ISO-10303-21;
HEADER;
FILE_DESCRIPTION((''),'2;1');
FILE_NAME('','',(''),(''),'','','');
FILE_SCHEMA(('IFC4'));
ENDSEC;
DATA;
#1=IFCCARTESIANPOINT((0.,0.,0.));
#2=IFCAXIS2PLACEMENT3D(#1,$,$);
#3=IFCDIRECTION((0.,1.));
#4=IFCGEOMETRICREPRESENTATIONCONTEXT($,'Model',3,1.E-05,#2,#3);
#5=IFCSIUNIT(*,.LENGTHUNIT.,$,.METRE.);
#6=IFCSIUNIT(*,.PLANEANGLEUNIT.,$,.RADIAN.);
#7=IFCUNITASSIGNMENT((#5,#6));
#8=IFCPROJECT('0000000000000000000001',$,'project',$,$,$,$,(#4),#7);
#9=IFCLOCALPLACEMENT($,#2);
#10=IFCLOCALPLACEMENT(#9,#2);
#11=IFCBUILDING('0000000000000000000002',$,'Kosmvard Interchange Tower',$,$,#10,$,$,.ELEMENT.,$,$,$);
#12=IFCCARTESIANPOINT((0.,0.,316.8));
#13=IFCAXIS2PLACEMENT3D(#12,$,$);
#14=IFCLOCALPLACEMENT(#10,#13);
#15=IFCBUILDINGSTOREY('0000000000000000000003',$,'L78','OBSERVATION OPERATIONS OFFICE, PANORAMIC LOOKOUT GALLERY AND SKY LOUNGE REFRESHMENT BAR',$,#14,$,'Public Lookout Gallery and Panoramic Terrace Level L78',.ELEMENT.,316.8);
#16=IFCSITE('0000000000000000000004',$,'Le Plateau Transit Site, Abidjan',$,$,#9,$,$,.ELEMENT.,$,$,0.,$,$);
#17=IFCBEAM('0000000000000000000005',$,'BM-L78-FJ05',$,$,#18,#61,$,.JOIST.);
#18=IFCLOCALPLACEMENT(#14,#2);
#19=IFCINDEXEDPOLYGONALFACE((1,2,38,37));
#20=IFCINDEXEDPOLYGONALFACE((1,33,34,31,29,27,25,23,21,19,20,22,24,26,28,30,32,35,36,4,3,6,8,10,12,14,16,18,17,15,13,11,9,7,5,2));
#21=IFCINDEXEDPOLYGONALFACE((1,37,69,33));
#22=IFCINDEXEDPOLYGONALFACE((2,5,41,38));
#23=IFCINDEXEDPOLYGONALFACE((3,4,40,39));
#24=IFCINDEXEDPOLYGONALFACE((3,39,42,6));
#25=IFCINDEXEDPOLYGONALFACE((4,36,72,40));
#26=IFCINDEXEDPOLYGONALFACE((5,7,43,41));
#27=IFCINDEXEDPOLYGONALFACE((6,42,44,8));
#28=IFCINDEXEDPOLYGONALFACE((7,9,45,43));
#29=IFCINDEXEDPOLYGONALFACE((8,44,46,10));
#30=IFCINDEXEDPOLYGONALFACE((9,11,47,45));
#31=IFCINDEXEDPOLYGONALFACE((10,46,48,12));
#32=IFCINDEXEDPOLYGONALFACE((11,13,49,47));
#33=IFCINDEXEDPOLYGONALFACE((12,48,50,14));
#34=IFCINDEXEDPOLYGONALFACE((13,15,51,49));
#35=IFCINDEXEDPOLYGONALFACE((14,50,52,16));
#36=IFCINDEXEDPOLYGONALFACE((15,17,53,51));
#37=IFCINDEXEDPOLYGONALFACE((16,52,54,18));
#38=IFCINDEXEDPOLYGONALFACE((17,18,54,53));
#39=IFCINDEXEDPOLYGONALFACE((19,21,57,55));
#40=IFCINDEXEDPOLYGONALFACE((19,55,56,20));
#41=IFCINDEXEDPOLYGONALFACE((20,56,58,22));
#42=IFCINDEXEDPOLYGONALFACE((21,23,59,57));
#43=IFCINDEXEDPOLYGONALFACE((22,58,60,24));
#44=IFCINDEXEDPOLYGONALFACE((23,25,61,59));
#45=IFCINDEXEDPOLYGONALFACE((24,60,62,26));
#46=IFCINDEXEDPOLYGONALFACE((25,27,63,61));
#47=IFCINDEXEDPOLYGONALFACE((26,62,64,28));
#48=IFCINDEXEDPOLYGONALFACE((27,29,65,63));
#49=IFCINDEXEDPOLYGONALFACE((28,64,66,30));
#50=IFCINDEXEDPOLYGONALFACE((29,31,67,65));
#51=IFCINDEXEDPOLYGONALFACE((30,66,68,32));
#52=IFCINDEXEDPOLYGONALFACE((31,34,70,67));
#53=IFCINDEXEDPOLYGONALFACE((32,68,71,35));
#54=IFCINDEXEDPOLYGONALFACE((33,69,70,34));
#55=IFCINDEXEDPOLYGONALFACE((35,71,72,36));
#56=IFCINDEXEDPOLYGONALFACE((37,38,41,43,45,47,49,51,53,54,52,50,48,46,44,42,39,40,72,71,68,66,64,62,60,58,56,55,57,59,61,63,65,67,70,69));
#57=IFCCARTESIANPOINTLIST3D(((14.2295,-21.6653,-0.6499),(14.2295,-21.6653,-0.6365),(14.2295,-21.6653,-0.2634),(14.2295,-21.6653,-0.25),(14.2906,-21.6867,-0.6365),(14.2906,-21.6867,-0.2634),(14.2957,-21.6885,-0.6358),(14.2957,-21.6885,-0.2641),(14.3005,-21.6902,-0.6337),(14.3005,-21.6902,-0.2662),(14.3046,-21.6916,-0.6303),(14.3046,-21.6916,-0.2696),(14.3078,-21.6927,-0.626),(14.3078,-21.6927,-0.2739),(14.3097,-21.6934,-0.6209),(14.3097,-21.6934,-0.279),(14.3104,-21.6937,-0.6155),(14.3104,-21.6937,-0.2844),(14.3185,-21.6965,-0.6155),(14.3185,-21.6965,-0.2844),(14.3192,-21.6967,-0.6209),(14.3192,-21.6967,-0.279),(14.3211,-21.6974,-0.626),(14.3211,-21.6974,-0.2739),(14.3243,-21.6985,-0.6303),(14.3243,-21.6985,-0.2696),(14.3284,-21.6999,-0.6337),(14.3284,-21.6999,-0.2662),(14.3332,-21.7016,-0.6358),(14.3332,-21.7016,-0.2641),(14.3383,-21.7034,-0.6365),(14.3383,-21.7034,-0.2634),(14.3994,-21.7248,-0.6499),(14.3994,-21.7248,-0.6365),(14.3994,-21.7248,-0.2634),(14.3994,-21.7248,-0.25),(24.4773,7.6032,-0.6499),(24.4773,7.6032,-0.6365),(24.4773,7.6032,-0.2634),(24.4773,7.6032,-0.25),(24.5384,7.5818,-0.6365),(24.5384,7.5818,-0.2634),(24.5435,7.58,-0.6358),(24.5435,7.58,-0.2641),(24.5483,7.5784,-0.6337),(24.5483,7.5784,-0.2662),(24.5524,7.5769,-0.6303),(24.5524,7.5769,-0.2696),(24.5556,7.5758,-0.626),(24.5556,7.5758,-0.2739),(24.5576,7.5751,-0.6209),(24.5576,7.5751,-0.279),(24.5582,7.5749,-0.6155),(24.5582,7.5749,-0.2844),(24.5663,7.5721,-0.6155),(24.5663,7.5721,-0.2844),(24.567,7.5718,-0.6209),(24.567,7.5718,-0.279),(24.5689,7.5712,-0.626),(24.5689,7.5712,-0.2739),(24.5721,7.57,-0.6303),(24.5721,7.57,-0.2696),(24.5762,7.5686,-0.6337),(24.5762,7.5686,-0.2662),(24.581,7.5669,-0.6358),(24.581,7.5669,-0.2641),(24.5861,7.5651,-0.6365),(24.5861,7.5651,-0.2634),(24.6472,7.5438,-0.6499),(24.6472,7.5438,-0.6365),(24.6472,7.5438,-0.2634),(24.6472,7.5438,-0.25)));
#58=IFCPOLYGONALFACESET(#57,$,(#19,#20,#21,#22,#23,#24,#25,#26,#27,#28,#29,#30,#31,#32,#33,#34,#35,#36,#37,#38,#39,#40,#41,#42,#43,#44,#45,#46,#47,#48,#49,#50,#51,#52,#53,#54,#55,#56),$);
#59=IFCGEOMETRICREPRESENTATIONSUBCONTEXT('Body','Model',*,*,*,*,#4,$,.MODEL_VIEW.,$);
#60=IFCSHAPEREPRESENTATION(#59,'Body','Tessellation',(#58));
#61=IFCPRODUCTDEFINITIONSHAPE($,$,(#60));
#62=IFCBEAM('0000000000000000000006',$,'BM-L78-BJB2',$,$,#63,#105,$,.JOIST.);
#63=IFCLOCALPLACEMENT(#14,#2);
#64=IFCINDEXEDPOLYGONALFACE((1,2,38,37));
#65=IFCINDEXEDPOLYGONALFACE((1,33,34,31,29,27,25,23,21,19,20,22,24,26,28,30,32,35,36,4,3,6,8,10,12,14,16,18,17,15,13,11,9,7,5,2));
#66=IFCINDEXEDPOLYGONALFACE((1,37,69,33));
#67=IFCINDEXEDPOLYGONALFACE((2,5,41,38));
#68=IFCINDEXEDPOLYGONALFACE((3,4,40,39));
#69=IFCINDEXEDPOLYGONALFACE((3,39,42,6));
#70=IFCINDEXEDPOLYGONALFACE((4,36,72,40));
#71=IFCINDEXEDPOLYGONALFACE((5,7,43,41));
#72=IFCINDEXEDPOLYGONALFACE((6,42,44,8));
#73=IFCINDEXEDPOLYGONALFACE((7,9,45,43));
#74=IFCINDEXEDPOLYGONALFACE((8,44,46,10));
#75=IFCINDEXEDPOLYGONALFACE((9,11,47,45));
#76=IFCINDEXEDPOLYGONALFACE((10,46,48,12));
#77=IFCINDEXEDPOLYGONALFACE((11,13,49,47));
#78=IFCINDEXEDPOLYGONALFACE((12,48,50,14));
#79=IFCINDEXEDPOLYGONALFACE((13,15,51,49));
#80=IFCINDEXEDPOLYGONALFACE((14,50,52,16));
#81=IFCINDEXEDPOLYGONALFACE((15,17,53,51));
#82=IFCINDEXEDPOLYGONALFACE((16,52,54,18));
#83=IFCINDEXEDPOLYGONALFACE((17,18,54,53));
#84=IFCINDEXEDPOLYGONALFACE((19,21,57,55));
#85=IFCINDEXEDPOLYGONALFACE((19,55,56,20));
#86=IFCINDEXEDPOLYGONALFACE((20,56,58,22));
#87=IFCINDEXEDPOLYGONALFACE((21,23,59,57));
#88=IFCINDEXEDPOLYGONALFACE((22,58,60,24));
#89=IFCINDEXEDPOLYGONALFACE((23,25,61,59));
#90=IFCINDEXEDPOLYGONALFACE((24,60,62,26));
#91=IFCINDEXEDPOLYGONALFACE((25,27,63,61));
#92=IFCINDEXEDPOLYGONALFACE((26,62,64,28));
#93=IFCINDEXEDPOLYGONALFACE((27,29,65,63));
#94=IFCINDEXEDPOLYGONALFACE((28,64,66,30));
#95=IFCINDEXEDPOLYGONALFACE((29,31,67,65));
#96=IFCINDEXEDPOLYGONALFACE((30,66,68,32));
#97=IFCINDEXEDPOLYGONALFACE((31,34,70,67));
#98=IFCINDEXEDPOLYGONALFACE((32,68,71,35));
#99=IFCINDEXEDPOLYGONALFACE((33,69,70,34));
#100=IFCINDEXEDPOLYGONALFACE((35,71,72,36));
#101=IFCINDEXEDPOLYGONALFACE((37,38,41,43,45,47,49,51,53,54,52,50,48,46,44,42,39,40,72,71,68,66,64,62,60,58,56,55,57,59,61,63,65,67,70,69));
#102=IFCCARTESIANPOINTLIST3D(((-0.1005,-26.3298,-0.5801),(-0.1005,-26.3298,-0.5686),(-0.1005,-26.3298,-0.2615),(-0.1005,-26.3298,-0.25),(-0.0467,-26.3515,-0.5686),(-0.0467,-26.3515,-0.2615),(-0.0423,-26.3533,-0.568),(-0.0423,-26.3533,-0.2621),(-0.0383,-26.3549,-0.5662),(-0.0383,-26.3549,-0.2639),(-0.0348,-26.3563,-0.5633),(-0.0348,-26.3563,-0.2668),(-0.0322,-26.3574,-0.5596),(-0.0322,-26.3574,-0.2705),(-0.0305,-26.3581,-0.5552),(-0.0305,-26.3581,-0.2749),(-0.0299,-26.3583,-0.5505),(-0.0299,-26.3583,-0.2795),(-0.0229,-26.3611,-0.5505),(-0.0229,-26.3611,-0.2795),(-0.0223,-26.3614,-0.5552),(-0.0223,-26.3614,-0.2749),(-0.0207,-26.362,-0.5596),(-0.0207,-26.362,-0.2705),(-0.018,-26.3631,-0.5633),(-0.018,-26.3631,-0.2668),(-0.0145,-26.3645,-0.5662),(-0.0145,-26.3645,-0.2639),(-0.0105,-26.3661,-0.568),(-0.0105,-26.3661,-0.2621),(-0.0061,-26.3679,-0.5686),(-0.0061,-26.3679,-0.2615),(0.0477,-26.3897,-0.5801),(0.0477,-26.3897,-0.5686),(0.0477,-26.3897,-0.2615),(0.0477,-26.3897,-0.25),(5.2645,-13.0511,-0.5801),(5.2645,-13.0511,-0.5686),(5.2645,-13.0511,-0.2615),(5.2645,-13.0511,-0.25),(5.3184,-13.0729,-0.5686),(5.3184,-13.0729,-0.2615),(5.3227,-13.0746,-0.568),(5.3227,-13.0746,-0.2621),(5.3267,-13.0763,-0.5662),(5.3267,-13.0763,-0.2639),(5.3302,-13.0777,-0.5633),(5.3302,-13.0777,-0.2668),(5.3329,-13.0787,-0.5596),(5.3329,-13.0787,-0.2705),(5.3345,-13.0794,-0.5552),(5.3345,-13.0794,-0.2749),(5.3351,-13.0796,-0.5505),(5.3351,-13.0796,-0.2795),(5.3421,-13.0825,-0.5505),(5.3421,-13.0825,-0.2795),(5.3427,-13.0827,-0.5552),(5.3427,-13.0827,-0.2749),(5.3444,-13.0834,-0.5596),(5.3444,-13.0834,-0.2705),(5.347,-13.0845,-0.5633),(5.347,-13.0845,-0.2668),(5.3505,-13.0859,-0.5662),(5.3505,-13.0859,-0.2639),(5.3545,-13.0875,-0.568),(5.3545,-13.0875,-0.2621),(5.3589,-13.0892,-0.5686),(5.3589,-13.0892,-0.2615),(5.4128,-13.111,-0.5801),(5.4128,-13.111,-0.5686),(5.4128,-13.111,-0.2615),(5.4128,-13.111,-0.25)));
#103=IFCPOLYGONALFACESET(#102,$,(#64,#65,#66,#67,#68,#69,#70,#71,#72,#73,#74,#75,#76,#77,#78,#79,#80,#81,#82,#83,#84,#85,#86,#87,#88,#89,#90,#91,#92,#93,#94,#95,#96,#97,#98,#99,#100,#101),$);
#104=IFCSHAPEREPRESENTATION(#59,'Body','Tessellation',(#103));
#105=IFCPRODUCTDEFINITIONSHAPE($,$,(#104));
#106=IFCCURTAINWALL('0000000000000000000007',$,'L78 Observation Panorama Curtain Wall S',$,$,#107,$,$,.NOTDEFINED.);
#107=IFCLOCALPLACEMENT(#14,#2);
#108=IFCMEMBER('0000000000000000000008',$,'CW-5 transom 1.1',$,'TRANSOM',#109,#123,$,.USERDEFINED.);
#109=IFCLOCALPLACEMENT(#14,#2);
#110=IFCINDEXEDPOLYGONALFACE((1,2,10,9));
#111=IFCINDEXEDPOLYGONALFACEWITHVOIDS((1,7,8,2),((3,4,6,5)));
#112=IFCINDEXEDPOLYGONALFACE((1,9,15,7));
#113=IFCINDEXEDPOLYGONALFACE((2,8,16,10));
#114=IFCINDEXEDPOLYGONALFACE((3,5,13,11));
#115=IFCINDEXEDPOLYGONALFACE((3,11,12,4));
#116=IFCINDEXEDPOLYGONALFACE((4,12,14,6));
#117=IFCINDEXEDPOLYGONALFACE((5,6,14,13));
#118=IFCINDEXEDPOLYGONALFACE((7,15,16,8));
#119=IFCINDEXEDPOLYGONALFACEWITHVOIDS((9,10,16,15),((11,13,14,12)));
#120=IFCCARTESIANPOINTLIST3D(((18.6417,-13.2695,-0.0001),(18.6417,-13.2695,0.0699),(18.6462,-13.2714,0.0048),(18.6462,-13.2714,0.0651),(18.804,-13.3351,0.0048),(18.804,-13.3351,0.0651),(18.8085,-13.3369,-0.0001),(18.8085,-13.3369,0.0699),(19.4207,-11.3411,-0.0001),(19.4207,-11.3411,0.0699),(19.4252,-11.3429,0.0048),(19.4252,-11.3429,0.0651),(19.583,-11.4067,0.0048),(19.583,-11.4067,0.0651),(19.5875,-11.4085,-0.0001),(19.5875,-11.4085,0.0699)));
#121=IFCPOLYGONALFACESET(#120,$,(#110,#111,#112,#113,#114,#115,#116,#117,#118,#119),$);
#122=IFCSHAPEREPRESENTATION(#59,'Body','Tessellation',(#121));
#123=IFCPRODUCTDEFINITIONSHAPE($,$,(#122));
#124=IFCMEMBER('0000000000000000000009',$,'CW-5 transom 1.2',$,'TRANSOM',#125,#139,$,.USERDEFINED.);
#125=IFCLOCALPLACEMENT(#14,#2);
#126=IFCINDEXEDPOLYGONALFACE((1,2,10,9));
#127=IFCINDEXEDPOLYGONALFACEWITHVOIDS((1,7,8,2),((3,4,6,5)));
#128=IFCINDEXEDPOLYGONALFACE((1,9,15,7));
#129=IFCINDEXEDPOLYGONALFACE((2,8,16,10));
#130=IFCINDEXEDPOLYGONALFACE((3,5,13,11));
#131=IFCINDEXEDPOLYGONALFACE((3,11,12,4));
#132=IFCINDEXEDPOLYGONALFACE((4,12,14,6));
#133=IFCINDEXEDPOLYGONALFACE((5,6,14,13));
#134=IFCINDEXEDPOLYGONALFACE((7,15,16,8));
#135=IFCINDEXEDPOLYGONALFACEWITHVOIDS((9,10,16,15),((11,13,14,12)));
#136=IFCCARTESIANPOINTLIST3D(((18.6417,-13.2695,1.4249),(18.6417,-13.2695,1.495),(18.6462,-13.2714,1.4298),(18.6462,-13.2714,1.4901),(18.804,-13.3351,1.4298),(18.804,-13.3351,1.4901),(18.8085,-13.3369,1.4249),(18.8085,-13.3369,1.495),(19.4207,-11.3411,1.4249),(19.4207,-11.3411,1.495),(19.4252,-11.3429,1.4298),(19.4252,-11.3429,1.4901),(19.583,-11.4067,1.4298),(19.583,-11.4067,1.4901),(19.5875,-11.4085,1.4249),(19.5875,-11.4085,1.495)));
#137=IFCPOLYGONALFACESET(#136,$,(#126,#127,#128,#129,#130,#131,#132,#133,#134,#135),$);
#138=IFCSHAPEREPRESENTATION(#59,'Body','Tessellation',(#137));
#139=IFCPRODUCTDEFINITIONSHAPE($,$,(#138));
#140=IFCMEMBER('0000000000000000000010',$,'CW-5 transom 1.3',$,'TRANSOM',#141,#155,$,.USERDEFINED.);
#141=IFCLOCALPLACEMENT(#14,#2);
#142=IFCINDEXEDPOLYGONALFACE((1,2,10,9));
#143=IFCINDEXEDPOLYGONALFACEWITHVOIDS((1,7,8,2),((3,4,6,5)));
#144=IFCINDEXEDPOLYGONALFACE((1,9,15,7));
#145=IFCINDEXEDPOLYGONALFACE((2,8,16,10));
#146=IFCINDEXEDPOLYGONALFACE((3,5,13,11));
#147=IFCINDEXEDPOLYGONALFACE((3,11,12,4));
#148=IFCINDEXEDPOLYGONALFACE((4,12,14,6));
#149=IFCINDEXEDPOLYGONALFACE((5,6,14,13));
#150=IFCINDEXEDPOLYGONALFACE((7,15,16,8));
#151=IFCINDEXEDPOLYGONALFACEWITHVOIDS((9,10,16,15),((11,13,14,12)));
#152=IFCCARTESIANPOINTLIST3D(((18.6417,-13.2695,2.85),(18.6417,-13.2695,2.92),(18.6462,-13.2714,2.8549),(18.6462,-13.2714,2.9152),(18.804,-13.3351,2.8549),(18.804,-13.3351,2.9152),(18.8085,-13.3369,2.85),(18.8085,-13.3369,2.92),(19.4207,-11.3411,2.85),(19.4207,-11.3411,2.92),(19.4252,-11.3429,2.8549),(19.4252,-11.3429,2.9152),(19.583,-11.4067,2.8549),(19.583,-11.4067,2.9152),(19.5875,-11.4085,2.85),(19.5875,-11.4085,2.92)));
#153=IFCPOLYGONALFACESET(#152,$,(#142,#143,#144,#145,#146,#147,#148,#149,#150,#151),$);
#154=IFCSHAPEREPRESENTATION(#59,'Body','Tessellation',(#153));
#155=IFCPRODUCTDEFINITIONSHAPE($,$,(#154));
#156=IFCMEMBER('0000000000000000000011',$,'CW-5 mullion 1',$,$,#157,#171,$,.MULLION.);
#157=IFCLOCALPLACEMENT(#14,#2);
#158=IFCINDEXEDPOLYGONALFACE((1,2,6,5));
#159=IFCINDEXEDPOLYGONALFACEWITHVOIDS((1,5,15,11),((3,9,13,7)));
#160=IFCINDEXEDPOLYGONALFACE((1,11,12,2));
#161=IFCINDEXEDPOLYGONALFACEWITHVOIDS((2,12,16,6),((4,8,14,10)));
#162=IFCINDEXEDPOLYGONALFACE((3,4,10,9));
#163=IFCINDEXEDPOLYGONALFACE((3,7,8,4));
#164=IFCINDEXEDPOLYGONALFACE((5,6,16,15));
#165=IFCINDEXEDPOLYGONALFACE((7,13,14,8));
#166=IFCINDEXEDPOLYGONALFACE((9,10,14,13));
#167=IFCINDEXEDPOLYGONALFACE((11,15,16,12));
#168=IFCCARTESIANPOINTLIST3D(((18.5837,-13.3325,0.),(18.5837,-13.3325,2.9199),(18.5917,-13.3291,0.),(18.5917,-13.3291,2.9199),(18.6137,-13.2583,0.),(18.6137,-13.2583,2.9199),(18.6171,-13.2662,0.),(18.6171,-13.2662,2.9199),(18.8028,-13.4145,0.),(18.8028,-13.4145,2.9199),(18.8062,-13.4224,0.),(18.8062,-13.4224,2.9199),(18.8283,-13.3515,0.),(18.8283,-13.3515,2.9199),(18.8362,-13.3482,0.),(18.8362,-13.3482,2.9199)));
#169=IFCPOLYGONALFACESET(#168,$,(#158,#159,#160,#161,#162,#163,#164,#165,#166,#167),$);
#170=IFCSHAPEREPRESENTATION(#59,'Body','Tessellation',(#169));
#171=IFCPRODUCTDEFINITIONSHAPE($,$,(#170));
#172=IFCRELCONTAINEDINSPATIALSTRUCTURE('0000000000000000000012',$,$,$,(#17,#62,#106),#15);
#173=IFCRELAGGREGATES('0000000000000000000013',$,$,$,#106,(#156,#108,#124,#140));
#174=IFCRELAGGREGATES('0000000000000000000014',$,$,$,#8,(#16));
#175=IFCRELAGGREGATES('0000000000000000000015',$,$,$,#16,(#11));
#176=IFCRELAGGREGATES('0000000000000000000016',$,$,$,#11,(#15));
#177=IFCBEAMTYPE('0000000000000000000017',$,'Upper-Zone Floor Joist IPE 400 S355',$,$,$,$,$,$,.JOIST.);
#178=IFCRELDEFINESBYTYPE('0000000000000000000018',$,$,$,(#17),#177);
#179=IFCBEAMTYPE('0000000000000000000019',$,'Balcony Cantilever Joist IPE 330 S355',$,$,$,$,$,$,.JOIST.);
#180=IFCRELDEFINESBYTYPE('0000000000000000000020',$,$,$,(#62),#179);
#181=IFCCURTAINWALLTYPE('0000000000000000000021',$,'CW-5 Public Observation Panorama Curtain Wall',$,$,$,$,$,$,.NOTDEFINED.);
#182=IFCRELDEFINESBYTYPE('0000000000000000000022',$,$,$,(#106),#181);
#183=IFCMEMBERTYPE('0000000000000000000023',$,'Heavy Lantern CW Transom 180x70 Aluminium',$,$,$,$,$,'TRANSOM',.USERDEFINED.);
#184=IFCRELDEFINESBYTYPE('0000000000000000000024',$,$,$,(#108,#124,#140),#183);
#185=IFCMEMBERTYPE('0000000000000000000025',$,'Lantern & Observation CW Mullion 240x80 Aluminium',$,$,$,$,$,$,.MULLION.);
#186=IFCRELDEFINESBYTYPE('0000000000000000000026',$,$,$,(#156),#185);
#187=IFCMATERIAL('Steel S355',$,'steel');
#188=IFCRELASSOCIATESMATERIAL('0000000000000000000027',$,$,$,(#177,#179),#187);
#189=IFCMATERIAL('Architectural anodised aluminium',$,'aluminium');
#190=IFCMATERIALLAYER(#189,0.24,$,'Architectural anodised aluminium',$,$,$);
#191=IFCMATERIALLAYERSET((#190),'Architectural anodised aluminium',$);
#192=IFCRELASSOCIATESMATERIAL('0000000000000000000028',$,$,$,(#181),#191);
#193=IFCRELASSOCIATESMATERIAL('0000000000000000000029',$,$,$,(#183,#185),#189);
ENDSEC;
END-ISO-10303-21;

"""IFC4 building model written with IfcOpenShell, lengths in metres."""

from ifc_helpers import new_model, si_unit, direction, frame, origin, origin_2d, place, context, subcontext, project, spatial, hollow_rectangle, i_section, extrude, source, transform, mapped, material, layer, layer_set, material_profile, profile_set, type_object, element, aggregate, save


model = new_model("IFC4")

# Units and contexts
model_context = context("Model", 3, precision=1e-05, world=origin(), true_north=direction((0.0, 1.0)))
body_context = subcontext(model_context, "Body", "Model", "MODEL_VIEW")
ifc_project = project(units=[si_unit("LENGTHUNIT", "METRE"), si_unit("PLANEANGLEUNIT", "RADIAN")], contexts=[model_context])

# Site, building, storey
site_placement = place(None, origin())
site = spatial("IfcSite", under=ifc_project, at=site_placement, Name="Le Plateau Transit Site, Abidjan", CompositionType="ELEMENT", RefElevation=0.0)
building_placement = place(site_placement, origin())
building = spatial("IfcBuilding", under=site, at=building_placement, Name="Kosmvard Interchange Tower", CompositionType="ELEMENT")
storey_placement = place(building_placement, frame((0.0, 0.0, 316.8)))
storey = spatial("IfcBuildingStorey", under=building, at=storey_placement, Name="L78", Description="OBSERVATION OPERATIONS OFFICE, PANORAMIC LOOKOUT GALLERY AND SKY LOUNGE REFRESHMENT BAR", LongName="Public Lookout Gallery and Panoramic Terrace Level L78", CompositionType="ELEMENT", Elevation=316.8)

# Beams
ifc_material_1 = material(Name="Steel S355", Category="steel")
ifc_material_profile_1 = material_profile(ifc_material_1, i_section(OverallWidth=0.1799, OverallDepth=0.3999, WebThickness=0.0085, FlangeThickness=0.0134, FilletRadius=0.021, at=origin_2d()), Name="IPE 400")
ifc_profile_set_1 = profile_set([ifc_material_profile_1], Name="Steel S355")
beam_type_1 = type_object("IfcBeamType", Name="Upper-Zone Floor Joist IPE 400 S355", PredefinedType="JOIST", material=ifc_profile_set_1)
shared_shape_1 = source(origin(), body_context, "Body", "SweptSolid", [
    extrude(i_section(OverallWidth=0.1799, OverallDepth=0.3999, WebThickness=0.0085, FlangeThickness=0.0134, FilletRadius=0.021, at=origin_2d()), origin(), (0.0, 0.0, 1.0), 31.0107),
])
beam_1_placement = place(storey_placement, frame((14.3145, -21.6951, -0.45), z_axis=(0.33046, 0.94382, 0.0), x_axis=(-0.94382, 0.33046, 0.0)))
element("IfcBeam", 1, at=beam_1_placement, inside=storey, type_object=beam_type_1, Name="BM-L78-FJ05", PredefinedType="JOIST", context=body_context, shape_type="MappedRepresentation", body=[
    mapped(shared_shape_1, transform((0.0, 0.0, 0.0), scale=1.0)),
])
ifc_material_profile_2 = material_profile(ifc_material_1, i_section(OverallWidth=0.1599, OverallDepth=0.3301, WebThickness=0.0076, FlangeThickness=0.0115, FilletRadius=0.0181, at=origin_2d()), Name="IPE 330")
ifc_profile_set_2 = profile_set([ifc_material_profile_2], Name="Steel S355")
beam_type_2 = type_object("IfcBeamType", Name="Balcony Cantilever Joist IPE 330 S355", PredefinedType="JOIST", material=ifc_profile_set_2)
shared_shape_2 = source(origin(), body_context, "Body", "SweptSolid", [
    extrude(i_section(OverallWidth=0.1599, OverallDepth=0.3301, WebThickness=0.0076, FlangeThickness=0.0115, FilletRadius=0.0181, at=origin_2d()), origin(), (0.0, 0.0, 1.0), 14.3215),
])
beam_2_placement = place(storey_placement, frame((5.3386, -13.0811, -0.415), z_axis=(-0.374613, -0.927181, 0.0), x_axis=(0.927181, -0.374613, 0.0)))
element("IfcBeam", 2, at=beam_2_placement, inside=storey, type_object=beam_type_2, Name="BM-L78-BJB2", PredefinedType="JOIST", context=body_context, shape_type="MappedRepresentation", body=[
    mapped(shared_shape_2, transform((0.0, 0.0, 0.0), scale=1.0)),
])

# Curtain wall, members
ifc_material_2 = material(Name="Architectural anodised aluminium", Category="aluminium")
ifc_layer_1 = layer(ifc_material_2, 0.24, Name="Architectural anodised aluminium")
ifc_layer_set_1 = layer_set([ifc_layer_1], Name="Architectural anodised aluminium")
curtain_wall_type = type_object("IfcCurtainWallType", Name="CW-5 Public Observation Panorama Curtain Wall", PredefinedType="NOTDEFINED", material=ifc_layer_set_1)
curtain_wall_placement = place(storey_placement, origin())
curtain_wall = element("IfcCurtainWall", 3, at=curtain_wall_placement, inside=storey, type_object=curtain_wall_type, Name="L78 Observation Panorama Curtain Wall S", PredefinedType="NOTDEFINED")
ifc_material_profile_3 = material_profile(ifc_material_2, hollow_rectangle(XDim=0.1799, YDim=0.0701, WallThickness=0.0049, at=origin_2d()), Name="CWT 180x70x5")
ifc_profile_set_3 = profile_set([ifc_material_profile_3], Name="Architectural anodised aluminium")
member_type_1 = type_object("IfcMemberType", Name="Heavy Lantern CW Transom 180x70 Aluminium", ElementType="TRANSOM", PredefinedType="USERDEFINED", material=ifc_profile_set_3)
shared_shape_3 = source(origin(), body_context, "Body", "SweptSolid", [
    extrude(hollow_rectangle(XDim=0.1799, YDim=0.0701, WallThickness=0.0049, at=origin_2d()), origin(), (0.0, 0.0, 1.0), 2.0798),
])
member_1_placement = place(storey_placement, frame((18.7251, -13.3032, 0.0349), z_axis=(0.374566, 0.9272, 0.0), x_axis=(-0.9272, 0.374566, 0.0)))
member_1 = element("IfcMember", 4, at=member_1_placement, type_object=member_type_1, Name="CW-5 transom 1.1", ObjectType="TRANSOM", PredefinedType="USERDEFINED", context=body_context, shape_type="MappedRepresentation", body=[
    mapped(shared_shape_3, transform((0.0, 0.0, 0.0), scale=1.0)),
])
member_2_placement = place(storey_placement, frame((18.7251, -13.3032, 1.46), z_axis=(0.374566, 0.9272, 0.0), x_axis=(-0.9272, 0.374566, 0.0)))
member_2 = element("IfcMember", 5, at=member_2_placement, type_object=member_type_1, Name="CW-5 transom 1.2", ObjectType="TRANSOM", PredefinedType="USERDEFINED", context=body_context, shape_type="MappedRepresentation", body=[
    mapped(shared_shape_3, transform((0.0, 0.0, 0.0), scale=1.0)),
])
member_3_placement = place(storey_placement, frame((18.7251, -13.3032, 2.885), z_axis=(0.374566, 0.9272, 0.0), x_axis=(-0.9272, 0.374566, 0.0)))
member_3 = element("IfcMember", 6, at=member_3_placement, type_object=member_type_1, Name="CW-5 transom 1.3", ObjectType="TRANSOM", PredefinedType="USERDEFINED", context=body_context, shape_type="MappedRepresentation", body=[
    mapped(shared_shape_3, transform((0.0, 0.0, 0.0), scale=1.0)),
])
ifc_material_profile_4 = material_profile(ifc_material_2, hollow_rectangle(XDim=0.24, YDim=0.0801, WallThickness=0.0061, at=origin_2d()), Name="CWM 240x80x6")
ifc_profile_set_4 = profile_set([ifc_material_profile_4], Name="Architectural anodised aluminium")
member_type_2 = type_object("IfcMemberType", Name="Lantern & Observation CW Mullion 240x80 Aluminium", PredefinedType="MULLION", material=ifc_profile_set_4)
shared_shape_4 = source(origin(), body_context, "Body", "SweptSolid", [
    extrude(hollow_rectangle(XDim=0.24, YDim=0.0801, WallThickness=0.0061, at=origin_2d()), origin(), (0.0, 0.0, 1.0), 2.9199),
])
member_4_placement = place(storey_placement, frame((18.71, -13.3403, 0.0), z_axis=(0.0, 0.0, 1.0), x_axis=(-0.927184, 0.374607, 0.0)))
member_4 = element("IfcMember", 7, at=member_4_placement, type_object=member_type_2, Name="CW-5 mullion 1", PredefinedType="MULLION", context=body_context, shape_type="MappedRepresentation", body=[
    mapped(shared_shape_4, transform((0.0, 0.0, 0.0), scale=1.0)),
])
aggregate(curtain_wall, [member_4, member_1, member_2, member_3])

save(model, "model.ifc")
